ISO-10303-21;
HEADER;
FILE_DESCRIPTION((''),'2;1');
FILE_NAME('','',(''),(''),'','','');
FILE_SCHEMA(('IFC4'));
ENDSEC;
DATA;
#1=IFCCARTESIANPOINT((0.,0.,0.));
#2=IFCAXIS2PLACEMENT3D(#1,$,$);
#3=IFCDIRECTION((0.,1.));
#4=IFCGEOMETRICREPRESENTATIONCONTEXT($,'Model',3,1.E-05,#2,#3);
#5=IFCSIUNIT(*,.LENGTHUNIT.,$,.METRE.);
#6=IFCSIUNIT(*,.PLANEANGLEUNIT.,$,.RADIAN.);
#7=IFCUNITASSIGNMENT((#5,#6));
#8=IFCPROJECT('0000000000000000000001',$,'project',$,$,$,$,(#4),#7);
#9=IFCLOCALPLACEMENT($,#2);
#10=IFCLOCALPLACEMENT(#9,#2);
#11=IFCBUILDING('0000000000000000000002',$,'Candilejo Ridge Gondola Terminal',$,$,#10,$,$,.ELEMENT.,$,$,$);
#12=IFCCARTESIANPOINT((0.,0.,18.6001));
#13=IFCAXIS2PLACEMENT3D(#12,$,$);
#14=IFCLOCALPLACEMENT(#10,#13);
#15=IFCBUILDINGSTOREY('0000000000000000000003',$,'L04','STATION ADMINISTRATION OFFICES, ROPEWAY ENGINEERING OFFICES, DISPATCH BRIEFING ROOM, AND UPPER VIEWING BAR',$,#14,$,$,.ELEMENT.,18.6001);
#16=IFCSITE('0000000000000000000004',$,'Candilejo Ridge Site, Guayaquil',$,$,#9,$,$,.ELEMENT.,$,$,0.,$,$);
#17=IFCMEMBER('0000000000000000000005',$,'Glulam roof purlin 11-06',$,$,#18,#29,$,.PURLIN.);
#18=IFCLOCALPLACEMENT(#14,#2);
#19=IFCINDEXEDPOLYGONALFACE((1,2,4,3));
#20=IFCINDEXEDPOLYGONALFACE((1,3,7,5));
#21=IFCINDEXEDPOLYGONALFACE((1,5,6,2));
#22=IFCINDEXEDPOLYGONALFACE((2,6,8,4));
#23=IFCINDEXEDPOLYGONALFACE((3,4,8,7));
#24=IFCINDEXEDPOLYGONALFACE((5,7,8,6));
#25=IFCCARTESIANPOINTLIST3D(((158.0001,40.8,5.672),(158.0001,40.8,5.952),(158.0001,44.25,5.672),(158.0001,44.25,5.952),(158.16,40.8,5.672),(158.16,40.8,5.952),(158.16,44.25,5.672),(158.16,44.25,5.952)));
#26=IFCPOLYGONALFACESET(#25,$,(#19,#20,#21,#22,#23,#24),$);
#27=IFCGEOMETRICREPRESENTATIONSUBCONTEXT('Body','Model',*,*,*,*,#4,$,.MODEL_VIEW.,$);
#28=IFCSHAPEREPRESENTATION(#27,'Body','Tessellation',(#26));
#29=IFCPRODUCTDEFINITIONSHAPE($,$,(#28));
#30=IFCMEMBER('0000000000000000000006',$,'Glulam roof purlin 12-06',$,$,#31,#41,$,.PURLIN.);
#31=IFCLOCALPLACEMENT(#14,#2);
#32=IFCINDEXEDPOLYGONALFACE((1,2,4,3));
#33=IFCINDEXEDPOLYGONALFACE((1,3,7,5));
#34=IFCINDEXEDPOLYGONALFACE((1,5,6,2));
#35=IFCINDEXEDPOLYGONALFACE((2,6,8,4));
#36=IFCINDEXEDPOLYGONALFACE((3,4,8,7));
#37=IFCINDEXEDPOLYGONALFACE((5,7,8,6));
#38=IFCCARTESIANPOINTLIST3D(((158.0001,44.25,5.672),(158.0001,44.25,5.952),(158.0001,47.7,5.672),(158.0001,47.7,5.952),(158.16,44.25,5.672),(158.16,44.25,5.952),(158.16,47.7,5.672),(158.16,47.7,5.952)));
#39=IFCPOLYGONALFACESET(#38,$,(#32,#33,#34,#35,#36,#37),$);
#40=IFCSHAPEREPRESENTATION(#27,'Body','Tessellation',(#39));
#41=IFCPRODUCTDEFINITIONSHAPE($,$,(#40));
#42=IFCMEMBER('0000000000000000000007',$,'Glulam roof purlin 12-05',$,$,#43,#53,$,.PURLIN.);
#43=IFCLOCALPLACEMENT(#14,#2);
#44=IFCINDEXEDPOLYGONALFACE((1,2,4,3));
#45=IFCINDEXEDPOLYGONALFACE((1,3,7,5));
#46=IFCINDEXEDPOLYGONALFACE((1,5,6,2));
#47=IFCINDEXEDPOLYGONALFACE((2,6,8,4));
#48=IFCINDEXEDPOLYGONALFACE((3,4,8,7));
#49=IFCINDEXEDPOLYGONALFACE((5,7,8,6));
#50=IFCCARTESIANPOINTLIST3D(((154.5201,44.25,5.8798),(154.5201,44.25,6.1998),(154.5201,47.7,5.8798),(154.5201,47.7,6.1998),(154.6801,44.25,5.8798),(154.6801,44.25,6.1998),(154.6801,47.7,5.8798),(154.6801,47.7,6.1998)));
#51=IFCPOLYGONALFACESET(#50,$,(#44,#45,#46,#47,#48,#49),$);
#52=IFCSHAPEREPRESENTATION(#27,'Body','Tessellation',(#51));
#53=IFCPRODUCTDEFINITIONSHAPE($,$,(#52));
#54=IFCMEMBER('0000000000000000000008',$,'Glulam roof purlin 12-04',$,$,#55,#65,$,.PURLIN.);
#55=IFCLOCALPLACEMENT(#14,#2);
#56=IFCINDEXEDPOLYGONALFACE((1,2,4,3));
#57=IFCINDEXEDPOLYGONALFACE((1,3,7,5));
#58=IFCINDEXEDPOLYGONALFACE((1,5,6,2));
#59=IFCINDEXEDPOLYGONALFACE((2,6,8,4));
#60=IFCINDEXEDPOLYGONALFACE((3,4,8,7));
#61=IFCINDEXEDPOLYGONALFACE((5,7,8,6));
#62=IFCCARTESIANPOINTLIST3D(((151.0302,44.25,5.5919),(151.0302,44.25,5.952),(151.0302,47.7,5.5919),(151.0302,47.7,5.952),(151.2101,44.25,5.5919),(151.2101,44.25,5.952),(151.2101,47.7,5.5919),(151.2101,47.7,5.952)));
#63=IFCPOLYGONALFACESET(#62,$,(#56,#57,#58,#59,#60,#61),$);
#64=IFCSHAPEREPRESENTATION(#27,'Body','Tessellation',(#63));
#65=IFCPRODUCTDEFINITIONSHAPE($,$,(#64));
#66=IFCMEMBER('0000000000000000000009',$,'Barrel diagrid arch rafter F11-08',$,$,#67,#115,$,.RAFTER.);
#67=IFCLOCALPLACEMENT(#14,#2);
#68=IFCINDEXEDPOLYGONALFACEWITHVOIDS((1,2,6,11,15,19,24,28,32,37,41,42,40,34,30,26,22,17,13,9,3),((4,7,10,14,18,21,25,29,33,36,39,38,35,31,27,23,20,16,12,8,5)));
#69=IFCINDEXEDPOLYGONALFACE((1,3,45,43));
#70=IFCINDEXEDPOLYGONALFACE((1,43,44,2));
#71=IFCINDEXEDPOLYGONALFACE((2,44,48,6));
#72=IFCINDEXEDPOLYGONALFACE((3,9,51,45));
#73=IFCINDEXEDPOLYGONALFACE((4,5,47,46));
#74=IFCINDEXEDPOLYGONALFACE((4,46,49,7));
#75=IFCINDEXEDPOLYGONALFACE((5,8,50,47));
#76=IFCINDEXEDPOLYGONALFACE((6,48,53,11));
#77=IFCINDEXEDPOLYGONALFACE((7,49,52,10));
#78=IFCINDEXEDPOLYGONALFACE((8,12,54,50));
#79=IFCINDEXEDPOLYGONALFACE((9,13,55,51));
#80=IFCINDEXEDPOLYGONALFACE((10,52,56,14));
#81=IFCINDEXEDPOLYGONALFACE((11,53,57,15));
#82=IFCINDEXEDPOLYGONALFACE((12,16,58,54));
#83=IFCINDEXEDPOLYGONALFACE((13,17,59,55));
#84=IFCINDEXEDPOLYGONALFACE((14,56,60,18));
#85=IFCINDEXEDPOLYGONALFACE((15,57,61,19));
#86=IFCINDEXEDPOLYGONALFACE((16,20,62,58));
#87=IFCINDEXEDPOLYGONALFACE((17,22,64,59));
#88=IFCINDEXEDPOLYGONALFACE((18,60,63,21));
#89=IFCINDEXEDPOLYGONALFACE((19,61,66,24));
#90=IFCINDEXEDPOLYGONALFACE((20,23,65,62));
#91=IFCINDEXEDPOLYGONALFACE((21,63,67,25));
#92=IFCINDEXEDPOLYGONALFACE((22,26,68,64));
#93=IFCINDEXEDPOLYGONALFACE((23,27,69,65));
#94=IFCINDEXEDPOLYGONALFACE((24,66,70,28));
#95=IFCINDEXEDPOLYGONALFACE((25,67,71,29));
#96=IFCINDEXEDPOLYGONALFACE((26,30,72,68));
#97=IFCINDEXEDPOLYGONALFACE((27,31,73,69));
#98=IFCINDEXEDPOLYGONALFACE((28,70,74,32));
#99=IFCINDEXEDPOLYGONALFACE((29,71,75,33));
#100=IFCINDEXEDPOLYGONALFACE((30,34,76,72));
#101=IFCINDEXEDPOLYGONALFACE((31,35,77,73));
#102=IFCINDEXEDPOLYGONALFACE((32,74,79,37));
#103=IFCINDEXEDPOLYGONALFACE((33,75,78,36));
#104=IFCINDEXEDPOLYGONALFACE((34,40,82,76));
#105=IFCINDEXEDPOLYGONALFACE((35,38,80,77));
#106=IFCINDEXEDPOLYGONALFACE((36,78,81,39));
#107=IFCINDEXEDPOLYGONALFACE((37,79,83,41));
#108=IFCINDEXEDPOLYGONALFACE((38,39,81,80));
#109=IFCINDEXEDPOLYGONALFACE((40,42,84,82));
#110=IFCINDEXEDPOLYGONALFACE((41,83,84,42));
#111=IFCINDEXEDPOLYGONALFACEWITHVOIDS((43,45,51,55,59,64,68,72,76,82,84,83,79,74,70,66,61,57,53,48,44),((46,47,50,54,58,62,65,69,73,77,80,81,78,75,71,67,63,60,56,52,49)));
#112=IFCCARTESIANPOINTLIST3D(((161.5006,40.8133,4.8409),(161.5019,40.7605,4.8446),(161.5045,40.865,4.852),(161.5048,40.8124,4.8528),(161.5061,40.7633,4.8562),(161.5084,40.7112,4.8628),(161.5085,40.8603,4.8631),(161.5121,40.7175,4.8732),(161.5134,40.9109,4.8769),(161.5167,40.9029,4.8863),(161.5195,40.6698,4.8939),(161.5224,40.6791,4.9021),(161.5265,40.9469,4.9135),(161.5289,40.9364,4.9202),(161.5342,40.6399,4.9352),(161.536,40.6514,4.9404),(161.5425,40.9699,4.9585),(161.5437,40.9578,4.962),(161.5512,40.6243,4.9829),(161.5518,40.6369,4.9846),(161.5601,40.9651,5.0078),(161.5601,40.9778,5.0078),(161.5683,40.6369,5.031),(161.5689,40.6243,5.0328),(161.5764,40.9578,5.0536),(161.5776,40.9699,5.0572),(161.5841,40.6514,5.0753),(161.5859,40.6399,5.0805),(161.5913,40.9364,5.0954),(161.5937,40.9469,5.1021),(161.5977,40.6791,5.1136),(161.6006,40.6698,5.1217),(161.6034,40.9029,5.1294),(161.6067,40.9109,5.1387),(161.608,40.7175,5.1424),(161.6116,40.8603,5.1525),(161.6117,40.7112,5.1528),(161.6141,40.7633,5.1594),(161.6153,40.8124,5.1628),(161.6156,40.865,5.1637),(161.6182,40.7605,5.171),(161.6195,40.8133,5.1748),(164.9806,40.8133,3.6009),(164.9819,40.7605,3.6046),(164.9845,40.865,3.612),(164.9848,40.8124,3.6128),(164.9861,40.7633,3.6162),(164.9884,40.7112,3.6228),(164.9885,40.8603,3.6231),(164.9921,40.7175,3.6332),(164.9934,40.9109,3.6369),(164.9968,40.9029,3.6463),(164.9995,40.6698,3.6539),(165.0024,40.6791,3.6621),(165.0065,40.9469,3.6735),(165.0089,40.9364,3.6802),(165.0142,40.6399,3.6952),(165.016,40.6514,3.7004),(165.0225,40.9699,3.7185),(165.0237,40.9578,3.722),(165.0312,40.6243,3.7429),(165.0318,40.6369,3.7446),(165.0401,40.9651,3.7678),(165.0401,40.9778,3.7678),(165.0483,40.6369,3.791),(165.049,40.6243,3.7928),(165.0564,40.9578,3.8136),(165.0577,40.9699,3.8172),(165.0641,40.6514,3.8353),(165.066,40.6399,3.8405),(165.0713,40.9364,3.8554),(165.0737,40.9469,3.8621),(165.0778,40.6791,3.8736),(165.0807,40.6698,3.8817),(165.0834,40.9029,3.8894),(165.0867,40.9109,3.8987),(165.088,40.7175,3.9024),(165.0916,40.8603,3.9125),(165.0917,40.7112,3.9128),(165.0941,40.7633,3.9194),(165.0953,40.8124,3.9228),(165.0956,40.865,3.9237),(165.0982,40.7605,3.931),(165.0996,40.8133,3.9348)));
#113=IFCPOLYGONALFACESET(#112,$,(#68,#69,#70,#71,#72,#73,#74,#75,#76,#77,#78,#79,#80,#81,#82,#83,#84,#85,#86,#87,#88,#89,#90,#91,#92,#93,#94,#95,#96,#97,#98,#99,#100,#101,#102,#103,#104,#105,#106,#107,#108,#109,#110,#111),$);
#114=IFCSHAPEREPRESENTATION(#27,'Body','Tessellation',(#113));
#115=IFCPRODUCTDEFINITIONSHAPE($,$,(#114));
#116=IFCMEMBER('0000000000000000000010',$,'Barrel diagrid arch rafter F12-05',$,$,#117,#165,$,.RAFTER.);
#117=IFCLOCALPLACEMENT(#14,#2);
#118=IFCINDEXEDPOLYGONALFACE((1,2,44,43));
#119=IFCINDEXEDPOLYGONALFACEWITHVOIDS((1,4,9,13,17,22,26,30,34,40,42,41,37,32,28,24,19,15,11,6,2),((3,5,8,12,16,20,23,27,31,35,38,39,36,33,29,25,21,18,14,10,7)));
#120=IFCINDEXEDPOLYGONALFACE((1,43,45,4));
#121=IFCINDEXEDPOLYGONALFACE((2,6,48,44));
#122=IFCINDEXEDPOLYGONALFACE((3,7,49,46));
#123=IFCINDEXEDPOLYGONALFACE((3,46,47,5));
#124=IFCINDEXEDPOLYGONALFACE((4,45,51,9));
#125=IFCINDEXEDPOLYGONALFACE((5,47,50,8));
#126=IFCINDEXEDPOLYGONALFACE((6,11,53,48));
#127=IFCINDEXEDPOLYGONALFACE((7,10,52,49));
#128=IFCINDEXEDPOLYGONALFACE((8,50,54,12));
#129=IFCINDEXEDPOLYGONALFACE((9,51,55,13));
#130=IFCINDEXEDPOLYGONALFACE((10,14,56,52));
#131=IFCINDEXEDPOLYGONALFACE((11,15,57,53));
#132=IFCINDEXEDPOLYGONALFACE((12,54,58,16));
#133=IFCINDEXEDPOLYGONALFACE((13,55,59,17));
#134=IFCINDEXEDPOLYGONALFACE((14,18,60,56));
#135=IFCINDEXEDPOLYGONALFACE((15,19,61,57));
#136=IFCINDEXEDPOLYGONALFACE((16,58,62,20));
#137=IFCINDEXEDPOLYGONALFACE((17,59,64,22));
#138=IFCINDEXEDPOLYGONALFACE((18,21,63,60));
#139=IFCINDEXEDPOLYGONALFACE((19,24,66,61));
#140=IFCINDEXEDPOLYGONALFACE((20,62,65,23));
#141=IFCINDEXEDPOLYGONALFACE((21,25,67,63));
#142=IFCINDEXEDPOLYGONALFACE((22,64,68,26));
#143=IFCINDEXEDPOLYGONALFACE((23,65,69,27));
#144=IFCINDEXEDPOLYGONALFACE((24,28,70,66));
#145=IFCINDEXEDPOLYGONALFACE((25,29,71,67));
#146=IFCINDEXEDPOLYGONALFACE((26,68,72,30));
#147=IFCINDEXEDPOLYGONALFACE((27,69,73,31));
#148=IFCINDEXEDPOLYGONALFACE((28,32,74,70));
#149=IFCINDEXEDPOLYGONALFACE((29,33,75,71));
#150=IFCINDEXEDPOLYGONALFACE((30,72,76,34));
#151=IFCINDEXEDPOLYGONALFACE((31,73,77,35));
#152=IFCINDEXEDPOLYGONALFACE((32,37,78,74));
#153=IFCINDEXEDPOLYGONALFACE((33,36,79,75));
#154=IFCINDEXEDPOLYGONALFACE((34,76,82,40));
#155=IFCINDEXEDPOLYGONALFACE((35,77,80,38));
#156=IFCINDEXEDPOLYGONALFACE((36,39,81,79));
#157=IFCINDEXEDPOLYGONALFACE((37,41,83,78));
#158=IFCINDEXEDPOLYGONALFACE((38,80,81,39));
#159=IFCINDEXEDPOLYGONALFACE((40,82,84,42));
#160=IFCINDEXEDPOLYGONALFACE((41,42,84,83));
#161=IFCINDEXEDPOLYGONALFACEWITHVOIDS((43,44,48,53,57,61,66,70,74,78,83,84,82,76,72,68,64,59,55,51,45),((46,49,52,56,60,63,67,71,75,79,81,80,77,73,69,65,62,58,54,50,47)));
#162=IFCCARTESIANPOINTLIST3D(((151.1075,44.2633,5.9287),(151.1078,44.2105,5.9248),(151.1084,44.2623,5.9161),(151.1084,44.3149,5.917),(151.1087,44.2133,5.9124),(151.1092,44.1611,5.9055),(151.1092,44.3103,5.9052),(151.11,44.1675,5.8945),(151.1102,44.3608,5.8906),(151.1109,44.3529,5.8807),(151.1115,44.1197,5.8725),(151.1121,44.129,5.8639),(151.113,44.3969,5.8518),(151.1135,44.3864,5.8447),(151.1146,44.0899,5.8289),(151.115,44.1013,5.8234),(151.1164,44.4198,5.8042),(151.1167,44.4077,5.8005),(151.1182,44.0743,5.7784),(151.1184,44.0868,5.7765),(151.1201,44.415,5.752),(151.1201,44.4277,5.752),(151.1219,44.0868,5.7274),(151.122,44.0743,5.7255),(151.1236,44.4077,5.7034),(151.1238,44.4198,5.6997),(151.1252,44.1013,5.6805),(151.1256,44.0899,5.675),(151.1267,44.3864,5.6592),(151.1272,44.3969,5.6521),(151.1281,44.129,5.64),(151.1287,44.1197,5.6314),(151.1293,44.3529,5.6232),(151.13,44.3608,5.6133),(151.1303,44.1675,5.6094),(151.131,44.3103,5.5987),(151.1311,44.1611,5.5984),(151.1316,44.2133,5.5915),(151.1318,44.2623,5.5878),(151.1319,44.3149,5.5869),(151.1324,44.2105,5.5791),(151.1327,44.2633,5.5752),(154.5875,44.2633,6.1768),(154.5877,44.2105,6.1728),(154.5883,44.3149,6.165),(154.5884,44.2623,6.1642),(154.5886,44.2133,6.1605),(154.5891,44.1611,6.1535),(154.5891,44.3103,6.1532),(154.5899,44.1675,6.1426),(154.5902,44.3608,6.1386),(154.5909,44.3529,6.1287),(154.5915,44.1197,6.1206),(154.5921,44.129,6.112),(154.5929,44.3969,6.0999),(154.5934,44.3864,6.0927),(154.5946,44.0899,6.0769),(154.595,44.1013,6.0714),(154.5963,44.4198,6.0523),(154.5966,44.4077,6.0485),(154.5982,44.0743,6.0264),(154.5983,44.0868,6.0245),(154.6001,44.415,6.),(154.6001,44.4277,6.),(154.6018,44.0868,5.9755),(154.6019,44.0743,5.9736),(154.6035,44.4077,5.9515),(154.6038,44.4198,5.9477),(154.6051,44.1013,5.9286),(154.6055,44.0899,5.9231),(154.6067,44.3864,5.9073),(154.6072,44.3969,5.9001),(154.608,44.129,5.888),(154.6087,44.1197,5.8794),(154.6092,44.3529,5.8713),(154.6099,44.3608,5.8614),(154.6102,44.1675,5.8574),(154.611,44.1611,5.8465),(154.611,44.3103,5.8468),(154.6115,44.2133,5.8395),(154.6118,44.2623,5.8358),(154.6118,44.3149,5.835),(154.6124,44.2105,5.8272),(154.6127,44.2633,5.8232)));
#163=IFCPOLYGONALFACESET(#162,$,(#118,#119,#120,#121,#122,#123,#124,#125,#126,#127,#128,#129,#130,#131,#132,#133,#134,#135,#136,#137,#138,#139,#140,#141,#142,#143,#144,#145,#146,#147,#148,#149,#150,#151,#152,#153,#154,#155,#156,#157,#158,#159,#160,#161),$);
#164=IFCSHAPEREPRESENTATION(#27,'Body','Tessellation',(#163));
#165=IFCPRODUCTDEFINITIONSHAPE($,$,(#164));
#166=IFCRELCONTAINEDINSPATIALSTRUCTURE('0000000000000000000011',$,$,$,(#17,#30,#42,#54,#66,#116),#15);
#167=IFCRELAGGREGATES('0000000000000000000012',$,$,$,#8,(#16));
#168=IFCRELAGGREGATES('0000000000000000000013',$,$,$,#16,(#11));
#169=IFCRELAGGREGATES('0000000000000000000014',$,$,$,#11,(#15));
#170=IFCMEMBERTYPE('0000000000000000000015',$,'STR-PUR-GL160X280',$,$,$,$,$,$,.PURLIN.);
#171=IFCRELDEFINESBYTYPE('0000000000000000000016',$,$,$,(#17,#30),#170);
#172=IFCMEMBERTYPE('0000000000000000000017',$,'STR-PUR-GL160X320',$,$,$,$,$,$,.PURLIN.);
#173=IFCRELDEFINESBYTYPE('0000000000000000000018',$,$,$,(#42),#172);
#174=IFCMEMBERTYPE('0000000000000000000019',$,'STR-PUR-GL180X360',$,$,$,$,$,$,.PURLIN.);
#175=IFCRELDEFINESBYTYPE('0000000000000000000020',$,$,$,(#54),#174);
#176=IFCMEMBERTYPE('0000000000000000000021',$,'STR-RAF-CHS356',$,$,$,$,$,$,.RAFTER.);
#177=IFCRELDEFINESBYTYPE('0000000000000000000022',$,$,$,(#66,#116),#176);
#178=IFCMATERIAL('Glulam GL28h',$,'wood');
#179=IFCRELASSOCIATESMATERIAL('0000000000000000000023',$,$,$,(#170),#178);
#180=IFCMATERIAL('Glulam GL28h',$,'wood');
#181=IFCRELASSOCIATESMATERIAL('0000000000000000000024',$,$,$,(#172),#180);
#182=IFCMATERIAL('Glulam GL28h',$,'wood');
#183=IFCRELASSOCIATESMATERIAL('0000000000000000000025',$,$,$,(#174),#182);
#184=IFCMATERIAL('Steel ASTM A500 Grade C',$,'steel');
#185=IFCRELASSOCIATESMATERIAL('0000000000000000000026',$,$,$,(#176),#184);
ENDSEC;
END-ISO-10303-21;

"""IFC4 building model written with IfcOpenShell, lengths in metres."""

from ifc_helpers import new_model, si_unit, direction, frame, origin, origin_2d, place, context, subcontext, project, spatial, rectangle, hollow_circle, extrude, material, material_profile, profile_set, type_object, element, save


model = new_model("IFC4")

# Units and contexts
model_context = context("Model", 3, precision=1e-05, world=origin(), true_north=direction((0.0, 1.0)))
body_context = subcontext(model_context, "Body", "Model", "MODEL_VIEW")
ifc_project = project(units=[si_unit("LENGTHUNIT", "METRE"), si_unit("PLANEANGLEUNIT", "RADIAN")], contexts=[model_context])

# Site, building, storey
site_placement = place(None, origin())
site = spatial("IfcSite", under=ifc_project, at=site_placement, Name="Candilejo Ridge Site, Guayaquil", CompositionType="ELEMENT", RefElevation=0.0)
building_placement = place(site_placement, origin())
building = spatial("IfcBuilding", under=site, at=building_placement, Name="Candilejo Ridge Gondola Terminal", CompositionType="ELEMENT")
storey_placement = place(building_placement, frame((0.0, 0.0, 18.6001)))
storey = spatial("IfcBuildingStorey", under=building, at=storey_placement, Name="L04", Description="STATION ADMINISTRATION OFFICES, ROPEWAY ENGINEERING OFFICES, DISPATCH BRIEFING ROOM, AND UPPER VIEWING BAR", CompositionType="ELEMENT", Elevation=18.6001)

# Members
ifc_material_1 = material(Name="Glulam GL28h", Category="wood")
ifc_material_profile_1 = material_profile(ifc_material_1, rectangle(XDim=0.1599, YDim=0.28, at=origin_2d()))
ifc_profile_set_1 = profile_set([ifc_material_profile_1], Name="Glulam GL28h")
member_type_1 = type_object("IfcMemberType", Name="STR-PUR-GL160X280", PredefinedType="PURLIN", material=ifc_profile_set_1)
for number, where, z_axis, x_axis, name in (
    (1, (158.0801, 40.8, 5.812), (0.0, 1.0, 0.0), (-1.0, 0.0, 0.0), "Glulam roof purlin 11-06"),
    (2, (158.0801, 44.25, 5.812), (0.0, 1.0, 0.0), (-1.0, 0.0, 0.0), "Glulam roof purlin 12-06"),
):
    element("IfcMember", number, at=place(storey_placement, frame(where, z_axis=z_axis, x_axis=x_axis)), inside=storey, type_object=member_type_1, Name=name, PredefinedType="PURLIN", context=body_context, shape_type="SweptSolid", body=[
        extrude(rectangle(XDim=0.1599, YDim=0.28, at=origin_2d()), origin(), (0.0, 0.0, 1.0), 3.45),
    ])
ifc_material_2 = material(Name="Glulam GL28h", Category="wood")
ifc_material_profile_2 = material_profile(ifc_material_2, rectangle(XDim=0.1599, YDim=0.3201, at=origin_2d()))
ifc_profile_set_2 = profile_set([ifc_material_profile_2], Name="Glulam GL28h")
member_type_2 = type_object("IfcMemberType", Name="STR-PUR-GL160X320", PredefinedType="PURLIN", material=ifc_profile_set_2)
member_1_placement = place(storey_placement, frame((154.6001, 44.25, 6.0398), z_axis=(0.0, 1.0, 0.0), x_axis=(-1.0, 0.0, 0.0)))
element("IfcMember", 3, at=member_1_placement, inside=storey, type_object=member_type_2, Name="Glulam roof purlin 12-05", PredefinedType="PURLIN", context=body_context, shape_type="SweptSolid", body=[
    extrude(rectangle(XDim=0.1599, YDim=0.3201, at=origin_2d()), origin(), (0.0, 0.0, 1.0), 3.45),
])
ifc_material_3 = material(Name="Glulam GL28h", Category="wood")
ifc_material_profile_3 = material_profile(ifc_material_3, rectangle(XDim=0.1799, YDim=0.3601, at=origin_2d()))
ifc_profile_set_3 = profile_set([ifc_material_profile_3], Name="Glulam GL28h")
member_type_3 = type_object("IfcMemberType", Name="STR-PUR-GL180X360", PredefinedType="PURLIN", material=ifc_profile_set_3)
member_2_placement = place(storey_placement, frame((151.1201, 44.25, 5.772), z_axis=(0.0, 1.0, 0.0), x_axis=(-1.0, 0.0, 0.0)))
element("IfcMember", 4, at=member_2_placement, inside=storey, type_object=member_type_3, Name="Glulam roof purlin 12-04", PredefinedType="PURLIN", context=body_context, shape_type="SweptSolid", body=[
    extrude(rectangle(XDim=0.1799, YDim=0.3601, at=origin_2d()), origin(), (0.0, 0.0, 1.0), 3.45),
])
ifc_material_4 = material(Name="Steel ASTM A500 Grade C", Category="steel")
ifc_material_profile_4 = material_profile(ifc_material_4, hollow_circle(Radius=0.1777, WallThickness=0.0127, at=origin_2d()))
ifc_profile_set_4 = profile_set([ifc_material_profile_4], Name="Steel ASTM A500 Grade C")
member_type_4 = type_object("IfcMemberType", Name="STR-RAF-CHS356", PredefinedType="RAFTER", material=ifc_profile_set_4)
member_3_placement = place(storey_placement, frame((161.5601, 40.8, 5.0078), z_axis=(0.941987, 0.0, -0.33565), x_axis=(0.0, 1.0, 0.0)))
element("IfcMember", 5, at=member_3_placement, inside=storey, type_object=member_type_4, Name="Barrel diagrid arch rafter F11-08", PredefinedType="RAFTER", context=body_context, shape_type="SweptSolid", body=[
    extrude(hollow_circle(Radius=0.1777, WallThickness=0.0127, at=origin_2d()), origin(), (0.0, 0.0, 1.0), 3.6943),
])
for number, where, z_axis, x_axis, name in (
    (6, (151.1201, 44.25, 5.752), (0.997469, 0.0, 0.071098), (0.0, 1.0, 0.0), "Barrel diagrid arch rafter F12-05"),
):
    element("IfcMember", number, at=place(storey_placement, frame(where, z_axis=z_axis, x_axis=x_axis)), inside=storey, type_object=member_type_4, Name=name, PredefinedType="RAFTER", context=body_context, shape_type="SweptSolid", body=[
        extrude(hollow_circle(Radius=0.1777, WallThickness=0.0127, at=origin_2d()), origin(), (0.0, 0.0, 1.0), 3.4888),
    ])

save(model, "model.ifc")
